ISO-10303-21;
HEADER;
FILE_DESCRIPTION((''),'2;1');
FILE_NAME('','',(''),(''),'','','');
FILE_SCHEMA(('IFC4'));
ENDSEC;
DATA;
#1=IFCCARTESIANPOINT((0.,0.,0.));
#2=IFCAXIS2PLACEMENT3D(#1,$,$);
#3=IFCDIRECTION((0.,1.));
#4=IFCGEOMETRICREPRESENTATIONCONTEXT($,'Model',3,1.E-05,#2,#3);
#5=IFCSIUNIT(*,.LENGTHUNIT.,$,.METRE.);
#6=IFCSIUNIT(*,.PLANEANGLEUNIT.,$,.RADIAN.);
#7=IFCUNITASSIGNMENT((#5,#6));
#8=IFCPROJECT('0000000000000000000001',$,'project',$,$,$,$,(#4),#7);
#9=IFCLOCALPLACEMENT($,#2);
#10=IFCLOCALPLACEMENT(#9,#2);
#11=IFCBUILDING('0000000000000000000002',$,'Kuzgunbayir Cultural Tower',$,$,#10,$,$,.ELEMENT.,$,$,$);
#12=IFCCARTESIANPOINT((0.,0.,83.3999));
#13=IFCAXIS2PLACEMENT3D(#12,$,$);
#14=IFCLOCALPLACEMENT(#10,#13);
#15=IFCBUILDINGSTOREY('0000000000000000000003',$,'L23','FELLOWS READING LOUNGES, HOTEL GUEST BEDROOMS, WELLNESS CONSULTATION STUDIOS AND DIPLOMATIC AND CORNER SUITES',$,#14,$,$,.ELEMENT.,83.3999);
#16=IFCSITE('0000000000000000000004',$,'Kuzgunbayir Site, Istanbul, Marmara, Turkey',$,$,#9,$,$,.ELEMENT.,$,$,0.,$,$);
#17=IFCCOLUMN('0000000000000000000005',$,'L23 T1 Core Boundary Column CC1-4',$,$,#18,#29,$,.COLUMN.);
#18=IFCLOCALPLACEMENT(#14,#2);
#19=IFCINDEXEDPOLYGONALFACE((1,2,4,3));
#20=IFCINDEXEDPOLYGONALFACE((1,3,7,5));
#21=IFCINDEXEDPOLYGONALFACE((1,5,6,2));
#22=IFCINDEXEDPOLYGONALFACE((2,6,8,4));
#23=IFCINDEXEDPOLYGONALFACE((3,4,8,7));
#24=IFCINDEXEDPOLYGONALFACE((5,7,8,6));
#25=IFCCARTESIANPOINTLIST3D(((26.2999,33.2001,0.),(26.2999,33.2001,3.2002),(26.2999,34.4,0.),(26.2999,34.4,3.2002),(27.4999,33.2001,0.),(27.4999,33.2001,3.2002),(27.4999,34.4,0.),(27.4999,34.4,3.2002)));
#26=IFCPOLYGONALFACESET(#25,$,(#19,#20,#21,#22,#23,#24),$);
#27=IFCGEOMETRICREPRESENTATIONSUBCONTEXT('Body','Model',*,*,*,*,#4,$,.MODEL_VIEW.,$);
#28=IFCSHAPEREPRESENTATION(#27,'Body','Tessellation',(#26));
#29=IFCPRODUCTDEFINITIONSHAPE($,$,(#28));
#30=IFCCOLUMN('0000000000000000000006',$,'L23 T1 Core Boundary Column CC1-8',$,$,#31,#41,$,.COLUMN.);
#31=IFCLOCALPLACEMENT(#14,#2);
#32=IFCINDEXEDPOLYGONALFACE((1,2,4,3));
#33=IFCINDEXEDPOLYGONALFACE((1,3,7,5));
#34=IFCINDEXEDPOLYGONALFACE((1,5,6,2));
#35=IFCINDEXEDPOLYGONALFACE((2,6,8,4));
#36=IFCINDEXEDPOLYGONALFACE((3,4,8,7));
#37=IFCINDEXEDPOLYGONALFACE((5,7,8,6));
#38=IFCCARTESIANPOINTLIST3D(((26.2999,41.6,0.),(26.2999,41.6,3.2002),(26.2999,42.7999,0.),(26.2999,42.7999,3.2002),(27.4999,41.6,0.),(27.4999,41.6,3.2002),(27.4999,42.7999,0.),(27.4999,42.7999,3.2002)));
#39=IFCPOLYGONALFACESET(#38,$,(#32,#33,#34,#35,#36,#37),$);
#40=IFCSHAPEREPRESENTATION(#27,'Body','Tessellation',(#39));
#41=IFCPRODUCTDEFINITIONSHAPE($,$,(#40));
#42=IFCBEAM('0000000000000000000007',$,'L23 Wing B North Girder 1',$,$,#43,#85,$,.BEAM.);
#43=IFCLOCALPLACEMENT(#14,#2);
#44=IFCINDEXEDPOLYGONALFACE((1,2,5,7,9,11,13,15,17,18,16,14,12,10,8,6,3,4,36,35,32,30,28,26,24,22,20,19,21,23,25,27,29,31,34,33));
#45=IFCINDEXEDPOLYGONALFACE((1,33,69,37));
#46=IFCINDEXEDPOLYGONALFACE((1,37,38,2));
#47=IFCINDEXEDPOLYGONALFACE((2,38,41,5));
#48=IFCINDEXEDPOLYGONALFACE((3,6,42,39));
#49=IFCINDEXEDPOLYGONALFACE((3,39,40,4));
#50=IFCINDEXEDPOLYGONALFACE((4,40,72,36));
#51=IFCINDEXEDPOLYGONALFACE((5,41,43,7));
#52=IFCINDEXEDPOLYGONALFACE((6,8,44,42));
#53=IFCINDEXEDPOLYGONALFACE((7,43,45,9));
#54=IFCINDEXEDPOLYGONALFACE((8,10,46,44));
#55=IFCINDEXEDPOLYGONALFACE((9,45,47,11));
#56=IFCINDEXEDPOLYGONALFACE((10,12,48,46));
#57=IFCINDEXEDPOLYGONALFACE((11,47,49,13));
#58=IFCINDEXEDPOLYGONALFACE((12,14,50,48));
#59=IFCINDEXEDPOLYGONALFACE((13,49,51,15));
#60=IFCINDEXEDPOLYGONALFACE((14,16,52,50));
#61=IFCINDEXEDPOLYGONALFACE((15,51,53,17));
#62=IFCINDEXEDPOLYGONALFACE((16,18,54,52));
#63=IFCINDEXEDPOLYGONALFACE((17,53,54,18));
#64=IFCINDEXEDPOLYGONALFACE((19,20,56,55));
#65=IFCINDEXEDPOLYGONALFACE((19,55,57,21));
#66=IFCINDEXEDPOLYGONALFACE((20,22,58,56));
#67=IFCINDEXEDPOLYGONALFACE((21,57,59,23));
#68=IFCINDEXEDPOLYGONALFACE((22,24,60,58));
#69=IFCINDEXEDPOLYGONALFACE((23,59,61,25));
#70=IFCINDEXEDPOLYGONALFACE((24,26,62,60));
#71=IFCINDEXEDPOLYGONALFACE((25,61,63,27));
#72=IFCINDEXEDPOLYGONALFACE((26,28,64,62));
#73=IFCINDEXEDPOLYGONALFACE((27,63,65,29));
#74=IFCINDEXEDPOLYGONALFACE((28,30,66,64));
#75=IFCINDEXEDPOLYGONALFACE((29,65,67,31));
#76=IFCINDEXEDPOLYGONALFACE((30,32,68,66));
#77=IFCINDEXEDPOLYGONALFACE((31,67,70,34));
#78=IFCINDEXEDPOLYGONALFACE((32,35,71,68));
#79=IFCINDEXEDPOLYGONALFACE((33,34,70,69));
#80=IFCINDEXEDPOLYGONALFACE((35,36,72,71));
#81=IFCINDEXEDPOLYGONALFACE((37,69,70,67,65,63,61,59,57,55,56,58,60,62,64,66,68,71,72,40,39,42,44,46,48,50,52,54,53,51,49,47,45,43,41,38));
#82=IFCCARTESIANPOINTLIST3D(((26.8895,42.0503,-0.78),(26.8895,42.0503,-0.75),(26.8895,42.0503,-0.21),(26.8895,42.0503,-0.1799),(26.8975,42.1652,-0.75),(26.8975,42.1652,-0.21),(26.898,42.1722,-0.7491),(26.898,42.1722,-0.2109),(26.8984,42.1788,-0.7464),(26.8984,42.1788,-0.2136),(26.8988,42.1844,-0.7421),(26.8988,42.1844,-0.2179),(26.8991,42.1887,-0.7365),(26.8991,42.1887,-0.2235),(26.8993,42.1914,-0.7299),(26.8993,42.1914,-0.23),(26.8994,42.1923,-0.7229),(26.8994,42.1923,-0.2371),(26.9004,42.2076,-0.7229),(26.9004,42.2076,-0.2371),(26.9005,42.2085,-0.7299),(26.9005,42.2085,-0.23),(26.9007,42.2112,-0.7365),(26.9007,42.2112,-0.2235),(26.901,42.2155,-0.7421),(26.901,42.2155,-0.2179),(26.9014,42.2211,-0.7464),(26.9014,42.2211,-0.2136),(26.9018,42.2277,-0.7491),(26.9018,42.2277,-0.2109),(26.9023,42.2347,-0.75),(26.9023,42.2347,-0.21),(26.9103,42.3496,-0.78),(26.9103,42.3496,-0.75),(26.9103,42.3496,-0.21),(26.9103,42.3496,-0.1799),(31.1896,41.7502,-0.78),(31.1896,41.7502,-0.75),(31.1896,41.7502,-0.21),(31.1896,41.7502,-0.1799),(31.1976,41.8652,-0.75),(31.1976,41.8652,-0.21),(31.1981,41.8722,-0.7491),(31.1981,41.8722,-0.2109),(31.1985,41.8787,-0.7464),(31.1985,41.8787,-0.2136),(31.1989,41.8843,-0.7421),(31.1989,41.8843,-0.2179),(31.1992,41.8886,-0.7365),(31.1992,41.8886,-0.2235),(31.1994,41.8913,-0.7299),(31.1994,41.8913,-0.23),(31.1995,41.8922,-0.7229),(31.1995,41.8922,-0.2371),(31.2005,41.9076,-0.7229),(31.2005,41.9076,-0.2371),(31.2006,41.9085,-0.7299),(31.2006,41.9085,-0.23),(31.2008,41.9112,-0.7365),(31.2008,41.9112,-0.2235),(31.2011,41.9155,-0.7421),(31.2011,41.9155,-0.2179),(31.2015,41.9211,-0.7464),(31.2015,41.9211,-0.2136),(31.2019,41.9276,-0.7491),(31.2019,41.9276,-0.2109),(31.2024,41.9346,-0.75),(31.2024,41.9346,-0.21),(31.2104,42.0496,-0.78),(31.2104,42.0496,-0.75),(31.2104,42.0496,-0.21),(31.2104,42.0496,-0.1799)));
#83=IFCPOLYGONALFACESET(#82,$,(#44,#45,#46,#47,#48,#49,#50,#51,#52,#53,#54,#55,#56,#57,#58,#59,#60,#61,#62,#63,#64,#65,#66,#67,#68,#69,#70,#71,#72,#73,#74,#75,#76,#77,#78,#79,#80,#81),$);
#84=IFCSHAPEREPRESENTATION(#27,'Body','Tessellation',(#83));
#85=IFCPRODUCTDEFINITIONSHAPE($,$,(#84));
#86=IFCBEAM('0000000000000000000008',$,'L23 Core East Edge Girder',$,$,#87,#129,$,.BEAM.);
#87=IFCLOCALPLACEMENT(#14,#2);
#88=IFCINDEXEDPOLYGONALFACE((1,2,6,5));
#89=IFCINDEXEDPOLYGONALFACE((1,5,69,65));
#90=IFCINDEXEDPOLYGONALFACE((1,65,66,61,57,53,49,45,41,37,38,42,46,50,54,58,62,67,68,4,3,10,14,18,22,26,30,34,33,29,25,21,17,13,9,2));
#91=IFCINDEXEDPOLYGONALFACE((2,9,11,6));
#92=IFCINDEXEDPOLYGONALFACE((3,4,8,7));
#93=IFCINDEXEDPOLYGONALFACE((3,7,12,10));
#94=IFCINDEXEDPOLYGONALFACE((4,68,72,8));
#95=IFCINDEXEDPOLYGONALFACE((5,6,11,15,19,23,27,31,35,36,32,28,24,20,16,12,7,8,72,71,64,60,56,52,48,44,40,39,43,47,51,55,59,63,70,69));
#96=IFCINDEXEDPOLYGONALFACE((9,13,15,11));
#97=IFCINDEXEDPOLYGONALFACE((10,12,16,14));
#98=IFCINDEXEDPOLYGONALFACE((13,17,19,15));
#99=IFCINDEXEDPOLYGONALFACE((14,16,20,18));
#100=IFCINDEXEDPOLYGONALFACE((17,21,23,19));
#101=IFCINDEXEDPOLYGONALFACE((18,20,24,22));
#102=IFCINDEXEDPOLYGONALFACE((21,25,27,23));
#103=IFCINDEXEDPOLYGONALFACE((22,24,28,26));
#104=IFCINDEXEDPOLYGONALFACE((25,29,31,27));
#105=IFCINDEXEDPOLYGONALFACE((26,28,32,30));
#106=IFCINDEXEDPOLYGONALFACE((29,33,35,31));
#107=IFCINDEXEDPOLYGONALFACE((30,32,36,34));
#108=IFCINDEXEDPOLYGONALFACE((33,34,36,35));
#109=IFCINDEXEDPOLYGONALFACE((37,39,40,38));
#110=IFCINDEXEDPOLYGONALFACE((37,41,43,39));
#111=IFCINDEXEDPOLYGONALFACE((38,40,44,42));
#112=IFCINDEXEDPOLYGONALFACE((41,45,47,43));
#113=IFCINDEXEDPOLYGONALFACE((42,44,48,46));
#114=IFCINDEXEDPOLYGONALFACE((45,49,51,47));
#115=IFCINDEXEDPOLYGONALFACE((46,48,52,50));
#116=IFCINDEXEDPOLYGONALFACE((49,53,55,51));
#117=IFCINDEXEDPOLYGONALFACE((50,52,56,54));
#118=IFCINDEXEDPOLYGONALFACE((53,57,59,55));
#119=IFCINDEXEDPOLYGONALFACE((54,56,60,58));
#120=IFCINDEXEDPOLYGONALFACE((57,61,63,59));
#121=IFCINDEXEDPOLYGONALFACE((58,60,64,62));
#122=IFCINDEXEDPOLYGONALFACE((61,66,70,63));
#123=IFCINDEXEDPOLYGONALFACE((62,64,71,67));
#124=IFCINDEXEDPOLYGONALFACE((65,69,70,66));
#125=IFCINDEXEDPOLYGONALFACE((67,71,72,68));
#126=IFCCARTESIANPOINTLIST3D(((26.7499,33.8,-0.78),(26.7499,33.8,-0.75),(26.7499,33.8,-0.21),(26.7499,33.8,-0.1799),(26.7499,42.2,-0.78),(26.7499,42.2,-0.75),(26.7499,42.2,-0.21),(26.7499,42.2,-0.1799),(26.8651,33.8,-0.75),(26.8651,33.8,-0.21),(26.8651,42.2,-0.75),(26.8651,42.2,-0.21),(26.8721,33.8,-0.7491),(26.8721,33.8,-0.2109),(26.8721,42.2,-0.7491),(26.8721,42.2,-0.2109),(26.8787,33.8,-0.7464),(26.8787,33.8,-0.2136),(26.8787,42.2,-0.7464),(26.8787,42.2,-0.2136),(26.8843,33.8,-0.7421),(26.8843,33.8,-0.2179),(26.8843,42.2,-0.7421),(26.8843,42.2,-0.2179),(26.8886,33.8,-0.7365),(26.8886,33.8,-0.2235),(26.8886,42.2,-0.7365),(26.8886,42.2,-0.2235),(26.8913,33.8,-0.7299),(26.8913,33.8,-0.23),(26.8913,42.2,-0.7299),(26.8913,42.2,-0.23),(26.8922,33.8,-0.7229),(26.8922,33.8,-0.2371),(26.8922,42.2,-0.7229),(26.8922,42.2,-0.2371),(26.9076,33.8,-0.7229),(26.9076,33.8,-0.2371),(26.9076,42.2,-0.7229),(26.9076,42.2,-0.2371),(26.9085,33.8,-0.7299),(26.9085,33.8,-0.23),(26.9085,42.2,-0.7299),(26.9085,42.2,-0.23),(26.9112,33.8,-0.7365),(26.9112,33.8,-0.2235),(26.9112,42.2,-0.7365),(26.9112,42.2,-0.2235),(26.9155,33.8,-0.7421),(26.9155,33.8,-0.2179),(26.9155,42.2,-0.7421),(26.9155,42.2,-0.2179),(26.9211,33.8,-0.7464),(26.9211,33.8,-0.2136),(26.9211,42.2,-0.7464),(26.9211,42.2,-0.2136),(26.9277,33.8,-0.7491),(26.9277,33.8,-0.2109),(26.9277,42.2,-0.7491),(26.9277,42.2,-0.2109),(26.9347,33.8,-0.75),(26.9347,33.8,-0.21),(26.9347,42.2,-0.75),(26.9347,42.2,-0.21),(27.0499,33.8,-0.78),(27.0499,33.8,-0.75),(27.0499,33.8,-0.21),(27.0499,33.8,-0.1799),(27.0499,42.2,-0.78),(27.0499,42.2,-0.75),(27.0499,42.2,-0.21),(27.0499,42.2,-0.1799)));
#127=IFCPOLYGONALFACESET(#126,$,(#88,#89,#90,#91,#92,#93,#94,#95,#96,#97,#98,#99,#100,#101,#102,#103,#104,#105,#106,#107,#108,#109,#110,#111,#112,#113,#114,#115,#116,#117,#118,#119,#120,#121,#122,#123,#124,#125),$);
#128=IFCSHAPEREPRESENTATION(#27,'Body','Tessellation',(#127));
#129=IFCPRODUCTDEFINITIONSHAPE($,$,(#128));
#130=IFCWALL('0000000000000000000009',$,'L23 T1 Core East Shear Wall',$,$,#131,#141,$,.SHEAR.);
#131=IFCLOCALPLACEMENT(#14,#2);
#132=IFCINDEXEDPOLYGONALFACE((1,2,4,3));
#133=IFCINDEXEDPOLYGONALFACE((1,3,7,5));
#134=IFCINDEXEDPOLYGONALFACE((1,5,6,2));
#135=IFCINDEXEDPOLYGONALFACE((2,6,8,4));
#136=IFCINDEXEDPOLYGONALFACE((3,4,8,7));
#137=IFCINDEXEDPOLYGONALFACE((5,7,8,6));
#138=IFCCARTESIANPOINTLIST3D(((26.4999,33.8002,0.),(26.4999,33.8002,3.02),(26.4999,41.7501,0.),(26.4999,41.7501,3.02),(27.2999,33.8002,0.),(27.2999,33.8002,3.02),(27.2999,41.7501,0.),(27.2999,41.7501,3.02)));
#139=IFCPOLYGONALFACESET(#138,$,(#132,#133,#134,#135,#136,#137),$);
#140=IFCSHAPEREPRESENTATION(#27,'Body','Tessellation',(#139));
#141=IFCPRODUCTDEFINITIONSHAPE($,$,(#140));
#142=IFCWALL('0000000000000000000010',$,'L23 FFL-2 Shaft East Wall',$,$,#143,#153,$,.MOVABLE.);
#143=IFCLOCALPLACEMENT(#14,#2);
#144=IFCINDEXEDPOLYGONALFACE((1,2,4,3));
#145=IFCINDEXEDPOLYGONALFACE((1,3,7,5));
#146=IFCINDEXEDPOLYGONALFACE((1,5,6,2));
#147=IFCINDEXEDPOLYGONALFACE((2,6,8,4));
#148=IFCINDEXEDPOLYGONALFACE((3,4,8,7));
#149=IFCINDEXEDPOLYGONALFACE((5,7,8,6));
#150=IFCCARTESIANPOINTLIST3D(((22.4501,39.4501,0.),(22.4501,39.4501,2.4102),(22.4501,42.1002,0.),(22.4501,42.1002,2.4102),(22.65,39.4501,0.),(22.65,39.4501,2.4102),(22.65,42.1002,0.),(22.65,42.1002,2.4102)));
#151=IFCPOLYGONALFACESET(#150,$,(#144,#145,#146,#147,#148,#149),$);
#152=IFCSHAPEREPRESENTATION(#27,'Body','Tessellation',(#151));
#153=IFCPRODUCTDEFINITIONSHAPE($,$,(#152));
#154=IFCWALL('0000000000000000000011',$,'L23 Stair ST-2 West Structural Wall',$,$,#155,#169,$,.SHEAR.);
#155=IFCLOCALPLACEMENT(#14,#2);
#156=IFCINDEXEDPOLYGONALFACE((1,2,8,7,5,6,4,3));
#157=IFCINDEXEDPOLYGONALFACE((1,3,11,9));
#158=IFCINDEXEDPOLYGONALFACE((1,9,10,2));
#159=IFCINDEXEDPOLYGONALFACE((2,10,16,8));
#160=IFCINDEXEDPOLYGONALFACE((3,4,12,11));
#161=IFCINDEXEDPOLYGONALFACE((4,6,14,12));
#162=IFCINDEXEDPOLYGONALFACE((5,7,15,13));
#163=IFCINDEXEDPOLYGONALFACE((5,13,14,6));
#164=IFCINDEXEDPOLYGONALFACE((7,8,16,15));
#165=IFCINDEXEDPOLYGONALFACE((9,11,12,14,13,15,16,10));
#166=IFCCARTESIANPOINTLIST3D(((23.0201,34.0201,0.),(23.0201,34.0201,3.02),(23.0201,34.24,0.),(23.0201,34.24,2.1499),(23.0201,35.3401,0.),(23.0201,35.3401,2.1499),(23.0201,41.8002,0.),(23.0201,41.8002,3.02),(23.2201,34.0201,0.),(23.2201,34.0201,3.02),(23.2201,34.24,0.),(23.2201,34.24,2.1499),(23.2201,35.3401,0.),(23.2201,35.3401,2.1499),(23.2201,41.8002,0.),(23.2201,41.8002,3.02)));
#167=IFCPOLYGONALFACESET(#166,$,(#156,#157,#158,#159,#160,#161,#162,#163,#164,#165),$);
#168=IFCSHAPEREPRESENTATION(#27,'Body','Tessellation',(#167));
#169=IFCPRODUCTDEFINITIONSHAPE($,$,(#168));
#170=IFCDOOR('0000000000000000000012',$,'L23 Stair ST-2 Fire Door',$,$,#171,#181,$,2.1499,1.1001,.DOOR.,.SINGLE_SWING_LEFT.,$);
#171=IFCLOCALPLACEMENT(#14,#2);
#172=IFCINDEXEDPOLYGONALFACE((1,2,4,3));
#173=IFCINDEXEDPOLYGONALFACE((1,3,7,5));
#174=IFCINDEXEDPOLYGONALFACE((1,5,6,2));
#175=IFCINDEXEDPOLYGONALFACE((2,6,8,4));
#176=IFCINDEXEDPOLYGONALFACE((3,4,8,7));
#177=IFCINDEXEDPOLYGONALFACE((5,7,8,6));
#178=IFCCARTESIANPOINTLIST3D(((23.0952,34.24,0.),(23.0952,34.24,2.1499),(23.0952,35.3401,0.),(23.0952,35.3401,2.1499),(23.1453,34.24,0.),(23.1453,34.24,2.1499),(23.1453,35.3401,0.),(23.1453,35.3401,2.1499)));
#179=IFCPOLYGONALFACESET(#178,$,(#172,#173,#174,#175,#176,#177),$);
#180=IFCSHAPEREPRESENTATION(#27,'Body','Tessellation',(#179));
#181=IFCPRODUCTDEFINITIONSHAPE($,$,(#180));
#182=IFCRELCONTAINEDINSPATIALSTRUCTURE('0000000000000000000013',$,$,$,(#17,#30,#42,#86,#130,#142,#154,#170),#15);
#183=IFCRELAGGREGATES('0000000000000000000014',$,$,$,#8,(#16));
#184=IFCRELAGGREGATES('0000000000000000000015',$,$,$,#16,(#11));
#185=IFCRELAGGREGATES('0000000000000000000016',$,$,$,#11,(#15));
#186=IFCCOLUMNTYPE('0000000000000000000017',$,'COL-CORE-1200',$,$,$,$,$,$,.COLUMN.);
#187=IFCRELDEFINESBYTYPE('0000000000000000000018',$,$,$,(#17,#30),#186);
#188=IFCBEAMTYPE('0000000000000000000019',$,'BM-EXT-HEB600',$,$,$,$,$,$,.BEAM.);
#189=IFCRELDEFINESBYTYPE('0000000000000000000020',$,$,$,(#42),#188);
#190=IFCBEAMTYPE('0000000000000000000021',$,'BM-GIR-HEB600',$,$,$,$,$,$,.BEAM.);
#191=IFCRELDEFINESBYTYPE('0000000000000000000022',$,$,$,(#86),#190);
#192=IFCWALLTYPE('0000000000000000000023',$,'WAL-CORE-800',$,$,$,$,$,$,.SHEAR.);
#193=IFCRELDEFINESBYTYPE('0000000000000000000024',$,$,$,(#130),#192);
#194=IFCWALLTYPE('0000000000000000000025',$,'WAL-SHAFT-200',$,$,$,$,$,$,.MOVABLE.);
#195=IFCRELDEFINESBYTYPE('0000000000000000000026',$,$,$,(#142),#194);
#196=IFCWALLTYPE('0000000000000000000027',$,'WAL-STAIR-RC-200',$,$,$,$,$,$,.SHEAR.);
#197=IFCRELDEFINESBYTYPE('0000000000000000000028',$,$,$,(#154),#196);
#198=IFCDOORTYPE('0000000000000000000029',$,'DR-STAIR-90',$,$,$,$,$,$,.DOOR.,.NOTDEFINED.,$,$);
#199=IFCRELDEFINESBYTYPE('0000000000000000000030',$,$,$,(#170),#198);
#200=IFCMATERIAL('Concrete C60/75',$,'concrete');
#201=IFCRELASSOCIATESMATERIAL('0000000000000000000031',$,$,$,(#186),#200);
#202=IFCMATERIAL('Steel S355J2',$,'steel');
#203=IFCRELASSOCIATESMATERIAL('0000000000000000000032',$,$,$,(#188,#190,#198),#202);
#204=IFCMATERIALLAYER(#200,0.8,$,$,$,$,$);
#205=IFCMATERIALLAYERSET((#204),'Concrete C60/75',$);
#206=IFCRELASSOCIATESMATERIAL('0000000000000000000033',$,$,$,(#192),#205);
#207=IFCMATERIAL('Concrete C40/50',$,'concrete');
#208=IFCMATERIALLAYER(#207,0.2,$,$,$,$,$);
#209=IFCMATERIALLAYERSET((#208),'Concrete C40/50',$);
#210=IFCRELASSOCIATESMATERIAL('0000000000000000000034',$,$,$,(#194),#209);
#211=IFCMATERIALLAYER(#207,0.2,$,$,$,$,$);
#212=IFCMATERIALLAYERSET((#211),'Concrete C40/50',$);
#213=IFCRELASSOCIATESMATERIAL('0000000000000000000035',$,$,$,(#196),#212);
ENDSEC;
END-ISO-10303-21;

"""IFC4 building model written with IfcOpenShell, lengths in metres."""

from ifc_helpers import new_model, si_unit, direction, frame, frame_2d, origin, origin_2d, place, context, subcontext, project, spatial, rectangle, i_section, extrude, material, layer, layer_set, material_profile, profile_set, type_object, element, fill, save


model = new_model("IFC4")

# Units and contexts
model_context = context("Model", 3, precision=1e-05, world=origin(), true_north=direction((0.0, 1.0)))
body_context = subcontext(model_context, "Body", "Model", "MODEL_VIEW")
ifc_project = project(units=[si_unit("LENGTHUNIT", "METRE"), si_unit("PLANEANGLEUNIT", "RADIAN")], contexts=[model_context])

# Site, building, storey
site_placement = place(None, origin())
site = spatial("IfcSite", under=ifc_project, at=site_placement, Name="Kuzgunbayir Site, Istanbul, Marmara, Turkey", CompositionType="ELEMENT", RefElevation=0.0)
building_placement = place(site_placement, origin())
building = spatial("IfcBuilding", under=site, at=building_placement, Name="Kuzgunbayir Cultural Tower", CompositionType="ELEMENT")
storey_placement = place(building_placement, frame((0.0, 0.0, 83.3999)))
storey = spatial("IfcBuildingStorey", under=building, at=storey_placement, Name="L23", Description="FELLOWS READING LOUNGES, HOTEL GUEST BEDROOMS, WELLNESS CONSULTATION STUDIOS AND DIPLOMATIC AND CORNER SUITES", CompositionType="ELEMENT", Elevation=83.3999)

# Columns
ifc_material_1 = material(Name="Concrete C60/75", Category="concrete")
ifc_material_profile_1 = material_profile(ifc_material_1, rectangle(XDim=1.2, YDim=1.2, at=origin_2d()), Name="RC 1200x1200")
ifc_profile_set_1 = profile_set([ifc_material_profile_1], Name="Concrete C60/75")
column_type = type_object("IfcColumnType", Name="COL-CORE-1200", PredefinedType="COLUMN", material=ifc_profile_set_1)
for number, where, z_axis, x_axis, name in (
    (1, (26.8999, 33.8, 0.0), (0.0, 0.0, 1.0), (1.0, 0.0, 0.0), "L23 T1 Core Boundary Column CC1-4"),
    (2, (26.8999, 42.2, 0.0), (0.0, 0.0, 1.0), (1.0, 0.0, 0.0), "L23 T1 Core Boundary Column CC1-8"),
):
    element("IfcColumn", number, at=place(storey_placement, frame(where, z_axis=z_axis, x_axis=x_axis)), inside=storey, type_object=column_type, Name=name, PredefinedType="COLUMN", context=body_context, shape_type="SweptSolid", body=[
        extrude(rectangle(XDim=1.2, YDim=1.2, at=origin_2d()), origin(), (0.0, 0.0, 1.0), 3.2002),
    ])

# Beams
ifc_material_2 = material(Name="Steel S355J2", Category="steel")
ifc_material_profile_2 = material_profile(ifc_material_2, i_section(OverallWidth=0.3, OverallDepth=0.6001, WebThickness=0.0154, FlangeThickness=0.03, FilletRadius=0.0271, at=origin_2d()), Name="HEB 600")
ifc_profile_set_2 = profile_set([ifc_material_profile_2], Name="Steel S355J2")
beam_type_1 = type_object("IfcBeamType", Name="BM-EXT-HEB600", PredefinedType="BEAM", material=ifc_profile_set_2)
beam_1_placement = place(storey_placement, frame((26.8999, 42.2, -0.48), z_axis=(0.997574, -0.069609, 0.0), x_axis=(0.069609, 0.997574, 0.0)))
element("IfcBeam", 3, at=beam_1_placement, inside=storey, type_object=beam_type_1, Name="L23 Wing B North Girder 1", PredefinedType="BEAM", context=body_context, shape_type="SweptSolid", body=[
    extrude(i_section(OverallWidth=0.3, OverallDepth=0.6001, WebThickness=0.0154, FlangeThickness=0.03, FilletRadius=0.0271, at=origin_2d()), origin(), (0.0, 0.0, 1.0), 4.3105),
])
ifc_material_profile_3 = material_profile(ifc_material_2, i_section(OverallWidth=0.3, OverallDepth=0.6001, WebThickness=0.0154, FlangeThickness=0.03, FilletRadius=0.0271, at=origin_2d()), Name="HEB 600")
ifc_profile_set_3 = profile_set([ifc_material_profile_3], Name="Steel S355J2")
beam_type_2 = type_object("IfcBeamType", Name="BM-GIR-HEB600", PredefinedType="BEAM", material=ifc_profile_set_3)
beam_2_placement = place(storey_placement, frame((26.8999, 33.8, -0.48), z_axis=(0.0, 1.0, 0.0), x_axis=(-1.0, 0.0, 0.0)))
element("IfcBeam", 4, at=beam_2_placement, inside=storey, type_object=beam_type_2, Name="L23 Core East Edge Girder", PredefinedType="BEAM", context=body_context, shape_type="SweptSolid", body=[
    extrude(i_section(OverallWidth=0.3, OverallDepth=0.6001, WebThickness=0.0154, FlangeThickness=0.03, FilletRadius=0.0271, at=origin_2d()), origin(), (0.0, 0.0, 1.0), 8.3999),
])

# Wall
ifc_layer_1 = layer(ifc_material_1, 0.8)
ifc_layer_set_1 = layer_set([ifc_layer_1], Name="Concrete C60/75")
wall_type_1 = type_object("IfcWallType", Name="WAL-CORE-800", PredefinedType="SHEAR", material=ifc_layer_set_1)
wall_1_placement = place(storey_placement, frame((26.8999, 33.8, 0.0), z_axis=(0.0, 0.0, 1.0), x_axis=(0.0, 1.0, 0.0)))
element("IfcWall", 5, at=wall_1_placement, inside=storey, type_object=wall_type_1, Name="L23 T1 Core East Shear Wall", PredefinedType="SHEAR", context=body_context, shape_type="SweptSolid", body=[
    extrude(rectangle(XDim=7.95, YDim=0.8, at=frame_2d((3.9751, 0.0))), origin(), (0.0, 0.0, 1.0), 3.02),
])

# Wall
ifc_material_3 = material(Name="Concrete C40/50", Category="concrete")
ifc_layer_2 = layer(ifc_material_3, 0.2)
ifc_layer_set_2 = layer_set([ifc_layer_2], Name="Concrete C40/50")
wall_type_2 = type_object("IfcWallType", Name="WAL-SHAFT-200", PredefinedType="MOVABLE", material=ifc_layer_set_2)
wall_2_placement = place(storey_placement, frame((22.55, 39.45, 0.0), z_axis=(0.0, 0.0, 1.0), x_axis=(0.0, 1.0, 0.0)))
element("IfcWall", 6, at=wall_2_placement, inside=storey, type_object=wall_type_2, Name="L23 FFL-2 Shaft East Wall", PredefinedType="MOVABLE", context=body_context, shape_type="SweptSolid", body=[
    extrude(rectangle(XDim=2.6501, YDim=0.2, at=frame_2d((1.3252, 0.0))), origin(), (0.0, 0.0, 1.0), 2.4102),
])

# Wall, opening, door
ifc_layer_3 = layer(ifc_material_3, 0.2)
ifc_layer_set_3 = layer_set([ifc_layer_3], Name="Concrete C40/50")
wall_type_3 = type_object("IfcWallType", Name="WAL-STAIR-RC-200", PredefinedType="SHEAR", material=ifc_layer_set_3)
wall_3_placement = place(storey_placement, frame((23.1201, 34.02, 0.0), z_axis=(0.0, 0.0, 1.0), x_axis=(0.0, 1.0, 0.0)))
wall_3 = element("IfcWall", 7, at=wall_3_placement, inside=storey, type_object=wall_type_3, Name="L23 Stair ST-2 West Structural Wall", PredefinedType="SHEAR", context=body_context, shape_type="SweptSolid", body=[
    extrude(rectangle(XDim=7.78, YDim=0.2, at=frame_2d((3.8901, 0.0))), origin(), (0.0, 0.0, 1.0), 3.02),
])
opening_1_placement = place(wall_3_placement, frame((0.22, 0.0, 0.0)))
opening_1 = element("IfcOpeningElement", 8, at=opening_1_placement, cuts=wall_3, PredefinedType="OPENING", context=body_context, shape_type="SweptSolid", body=[
    extrude(rectangle(XDim=1.1001, YDim=2.1499, at=frame_2d((0.55, 1.075))), frame((0.0, 0.1099, 0.0), z_axis=(0.0, -1.0, 0.0), x_axis=(1.0, 0.0, 0.0)), (0.0, 0.0, 1.0), 0.22),
])
door_type_1 = type_object("IfcDoorType", Name="DR-STAIR-90", OperationType="NOTDEFINED", PredefinedType="DOOR", material=ifc_material_2)
door_1_placement = place(opening_1_placement, origin())
door_1 = element("IfcDoor", 9, at=door_1_placement, inside=storey, type_object=door_type_1, Name="L23 Stair ST-2 Fire Door", OperationType="SINGLE_SWING_LEFT", OverallHeight=2.1499, OverallWidth=1.1001, PredefinedType="DOOR", context=body_context, shape_type="SweptSolid", body=[
    extrude(rectangle(XDim=1.1001, YDim=2.1499, at=frame_2d((0.55, 1.075))), frame((0.0, 0.0249, 0.0), z_axis=(0.0, -1.0, 0.0), x_axis=(1.0, 0.0, 0.0)), (0.0, 0.0, 1.0), 0.05),
])
fill(opening_1, door_1)

save(model, "model.ifc")
